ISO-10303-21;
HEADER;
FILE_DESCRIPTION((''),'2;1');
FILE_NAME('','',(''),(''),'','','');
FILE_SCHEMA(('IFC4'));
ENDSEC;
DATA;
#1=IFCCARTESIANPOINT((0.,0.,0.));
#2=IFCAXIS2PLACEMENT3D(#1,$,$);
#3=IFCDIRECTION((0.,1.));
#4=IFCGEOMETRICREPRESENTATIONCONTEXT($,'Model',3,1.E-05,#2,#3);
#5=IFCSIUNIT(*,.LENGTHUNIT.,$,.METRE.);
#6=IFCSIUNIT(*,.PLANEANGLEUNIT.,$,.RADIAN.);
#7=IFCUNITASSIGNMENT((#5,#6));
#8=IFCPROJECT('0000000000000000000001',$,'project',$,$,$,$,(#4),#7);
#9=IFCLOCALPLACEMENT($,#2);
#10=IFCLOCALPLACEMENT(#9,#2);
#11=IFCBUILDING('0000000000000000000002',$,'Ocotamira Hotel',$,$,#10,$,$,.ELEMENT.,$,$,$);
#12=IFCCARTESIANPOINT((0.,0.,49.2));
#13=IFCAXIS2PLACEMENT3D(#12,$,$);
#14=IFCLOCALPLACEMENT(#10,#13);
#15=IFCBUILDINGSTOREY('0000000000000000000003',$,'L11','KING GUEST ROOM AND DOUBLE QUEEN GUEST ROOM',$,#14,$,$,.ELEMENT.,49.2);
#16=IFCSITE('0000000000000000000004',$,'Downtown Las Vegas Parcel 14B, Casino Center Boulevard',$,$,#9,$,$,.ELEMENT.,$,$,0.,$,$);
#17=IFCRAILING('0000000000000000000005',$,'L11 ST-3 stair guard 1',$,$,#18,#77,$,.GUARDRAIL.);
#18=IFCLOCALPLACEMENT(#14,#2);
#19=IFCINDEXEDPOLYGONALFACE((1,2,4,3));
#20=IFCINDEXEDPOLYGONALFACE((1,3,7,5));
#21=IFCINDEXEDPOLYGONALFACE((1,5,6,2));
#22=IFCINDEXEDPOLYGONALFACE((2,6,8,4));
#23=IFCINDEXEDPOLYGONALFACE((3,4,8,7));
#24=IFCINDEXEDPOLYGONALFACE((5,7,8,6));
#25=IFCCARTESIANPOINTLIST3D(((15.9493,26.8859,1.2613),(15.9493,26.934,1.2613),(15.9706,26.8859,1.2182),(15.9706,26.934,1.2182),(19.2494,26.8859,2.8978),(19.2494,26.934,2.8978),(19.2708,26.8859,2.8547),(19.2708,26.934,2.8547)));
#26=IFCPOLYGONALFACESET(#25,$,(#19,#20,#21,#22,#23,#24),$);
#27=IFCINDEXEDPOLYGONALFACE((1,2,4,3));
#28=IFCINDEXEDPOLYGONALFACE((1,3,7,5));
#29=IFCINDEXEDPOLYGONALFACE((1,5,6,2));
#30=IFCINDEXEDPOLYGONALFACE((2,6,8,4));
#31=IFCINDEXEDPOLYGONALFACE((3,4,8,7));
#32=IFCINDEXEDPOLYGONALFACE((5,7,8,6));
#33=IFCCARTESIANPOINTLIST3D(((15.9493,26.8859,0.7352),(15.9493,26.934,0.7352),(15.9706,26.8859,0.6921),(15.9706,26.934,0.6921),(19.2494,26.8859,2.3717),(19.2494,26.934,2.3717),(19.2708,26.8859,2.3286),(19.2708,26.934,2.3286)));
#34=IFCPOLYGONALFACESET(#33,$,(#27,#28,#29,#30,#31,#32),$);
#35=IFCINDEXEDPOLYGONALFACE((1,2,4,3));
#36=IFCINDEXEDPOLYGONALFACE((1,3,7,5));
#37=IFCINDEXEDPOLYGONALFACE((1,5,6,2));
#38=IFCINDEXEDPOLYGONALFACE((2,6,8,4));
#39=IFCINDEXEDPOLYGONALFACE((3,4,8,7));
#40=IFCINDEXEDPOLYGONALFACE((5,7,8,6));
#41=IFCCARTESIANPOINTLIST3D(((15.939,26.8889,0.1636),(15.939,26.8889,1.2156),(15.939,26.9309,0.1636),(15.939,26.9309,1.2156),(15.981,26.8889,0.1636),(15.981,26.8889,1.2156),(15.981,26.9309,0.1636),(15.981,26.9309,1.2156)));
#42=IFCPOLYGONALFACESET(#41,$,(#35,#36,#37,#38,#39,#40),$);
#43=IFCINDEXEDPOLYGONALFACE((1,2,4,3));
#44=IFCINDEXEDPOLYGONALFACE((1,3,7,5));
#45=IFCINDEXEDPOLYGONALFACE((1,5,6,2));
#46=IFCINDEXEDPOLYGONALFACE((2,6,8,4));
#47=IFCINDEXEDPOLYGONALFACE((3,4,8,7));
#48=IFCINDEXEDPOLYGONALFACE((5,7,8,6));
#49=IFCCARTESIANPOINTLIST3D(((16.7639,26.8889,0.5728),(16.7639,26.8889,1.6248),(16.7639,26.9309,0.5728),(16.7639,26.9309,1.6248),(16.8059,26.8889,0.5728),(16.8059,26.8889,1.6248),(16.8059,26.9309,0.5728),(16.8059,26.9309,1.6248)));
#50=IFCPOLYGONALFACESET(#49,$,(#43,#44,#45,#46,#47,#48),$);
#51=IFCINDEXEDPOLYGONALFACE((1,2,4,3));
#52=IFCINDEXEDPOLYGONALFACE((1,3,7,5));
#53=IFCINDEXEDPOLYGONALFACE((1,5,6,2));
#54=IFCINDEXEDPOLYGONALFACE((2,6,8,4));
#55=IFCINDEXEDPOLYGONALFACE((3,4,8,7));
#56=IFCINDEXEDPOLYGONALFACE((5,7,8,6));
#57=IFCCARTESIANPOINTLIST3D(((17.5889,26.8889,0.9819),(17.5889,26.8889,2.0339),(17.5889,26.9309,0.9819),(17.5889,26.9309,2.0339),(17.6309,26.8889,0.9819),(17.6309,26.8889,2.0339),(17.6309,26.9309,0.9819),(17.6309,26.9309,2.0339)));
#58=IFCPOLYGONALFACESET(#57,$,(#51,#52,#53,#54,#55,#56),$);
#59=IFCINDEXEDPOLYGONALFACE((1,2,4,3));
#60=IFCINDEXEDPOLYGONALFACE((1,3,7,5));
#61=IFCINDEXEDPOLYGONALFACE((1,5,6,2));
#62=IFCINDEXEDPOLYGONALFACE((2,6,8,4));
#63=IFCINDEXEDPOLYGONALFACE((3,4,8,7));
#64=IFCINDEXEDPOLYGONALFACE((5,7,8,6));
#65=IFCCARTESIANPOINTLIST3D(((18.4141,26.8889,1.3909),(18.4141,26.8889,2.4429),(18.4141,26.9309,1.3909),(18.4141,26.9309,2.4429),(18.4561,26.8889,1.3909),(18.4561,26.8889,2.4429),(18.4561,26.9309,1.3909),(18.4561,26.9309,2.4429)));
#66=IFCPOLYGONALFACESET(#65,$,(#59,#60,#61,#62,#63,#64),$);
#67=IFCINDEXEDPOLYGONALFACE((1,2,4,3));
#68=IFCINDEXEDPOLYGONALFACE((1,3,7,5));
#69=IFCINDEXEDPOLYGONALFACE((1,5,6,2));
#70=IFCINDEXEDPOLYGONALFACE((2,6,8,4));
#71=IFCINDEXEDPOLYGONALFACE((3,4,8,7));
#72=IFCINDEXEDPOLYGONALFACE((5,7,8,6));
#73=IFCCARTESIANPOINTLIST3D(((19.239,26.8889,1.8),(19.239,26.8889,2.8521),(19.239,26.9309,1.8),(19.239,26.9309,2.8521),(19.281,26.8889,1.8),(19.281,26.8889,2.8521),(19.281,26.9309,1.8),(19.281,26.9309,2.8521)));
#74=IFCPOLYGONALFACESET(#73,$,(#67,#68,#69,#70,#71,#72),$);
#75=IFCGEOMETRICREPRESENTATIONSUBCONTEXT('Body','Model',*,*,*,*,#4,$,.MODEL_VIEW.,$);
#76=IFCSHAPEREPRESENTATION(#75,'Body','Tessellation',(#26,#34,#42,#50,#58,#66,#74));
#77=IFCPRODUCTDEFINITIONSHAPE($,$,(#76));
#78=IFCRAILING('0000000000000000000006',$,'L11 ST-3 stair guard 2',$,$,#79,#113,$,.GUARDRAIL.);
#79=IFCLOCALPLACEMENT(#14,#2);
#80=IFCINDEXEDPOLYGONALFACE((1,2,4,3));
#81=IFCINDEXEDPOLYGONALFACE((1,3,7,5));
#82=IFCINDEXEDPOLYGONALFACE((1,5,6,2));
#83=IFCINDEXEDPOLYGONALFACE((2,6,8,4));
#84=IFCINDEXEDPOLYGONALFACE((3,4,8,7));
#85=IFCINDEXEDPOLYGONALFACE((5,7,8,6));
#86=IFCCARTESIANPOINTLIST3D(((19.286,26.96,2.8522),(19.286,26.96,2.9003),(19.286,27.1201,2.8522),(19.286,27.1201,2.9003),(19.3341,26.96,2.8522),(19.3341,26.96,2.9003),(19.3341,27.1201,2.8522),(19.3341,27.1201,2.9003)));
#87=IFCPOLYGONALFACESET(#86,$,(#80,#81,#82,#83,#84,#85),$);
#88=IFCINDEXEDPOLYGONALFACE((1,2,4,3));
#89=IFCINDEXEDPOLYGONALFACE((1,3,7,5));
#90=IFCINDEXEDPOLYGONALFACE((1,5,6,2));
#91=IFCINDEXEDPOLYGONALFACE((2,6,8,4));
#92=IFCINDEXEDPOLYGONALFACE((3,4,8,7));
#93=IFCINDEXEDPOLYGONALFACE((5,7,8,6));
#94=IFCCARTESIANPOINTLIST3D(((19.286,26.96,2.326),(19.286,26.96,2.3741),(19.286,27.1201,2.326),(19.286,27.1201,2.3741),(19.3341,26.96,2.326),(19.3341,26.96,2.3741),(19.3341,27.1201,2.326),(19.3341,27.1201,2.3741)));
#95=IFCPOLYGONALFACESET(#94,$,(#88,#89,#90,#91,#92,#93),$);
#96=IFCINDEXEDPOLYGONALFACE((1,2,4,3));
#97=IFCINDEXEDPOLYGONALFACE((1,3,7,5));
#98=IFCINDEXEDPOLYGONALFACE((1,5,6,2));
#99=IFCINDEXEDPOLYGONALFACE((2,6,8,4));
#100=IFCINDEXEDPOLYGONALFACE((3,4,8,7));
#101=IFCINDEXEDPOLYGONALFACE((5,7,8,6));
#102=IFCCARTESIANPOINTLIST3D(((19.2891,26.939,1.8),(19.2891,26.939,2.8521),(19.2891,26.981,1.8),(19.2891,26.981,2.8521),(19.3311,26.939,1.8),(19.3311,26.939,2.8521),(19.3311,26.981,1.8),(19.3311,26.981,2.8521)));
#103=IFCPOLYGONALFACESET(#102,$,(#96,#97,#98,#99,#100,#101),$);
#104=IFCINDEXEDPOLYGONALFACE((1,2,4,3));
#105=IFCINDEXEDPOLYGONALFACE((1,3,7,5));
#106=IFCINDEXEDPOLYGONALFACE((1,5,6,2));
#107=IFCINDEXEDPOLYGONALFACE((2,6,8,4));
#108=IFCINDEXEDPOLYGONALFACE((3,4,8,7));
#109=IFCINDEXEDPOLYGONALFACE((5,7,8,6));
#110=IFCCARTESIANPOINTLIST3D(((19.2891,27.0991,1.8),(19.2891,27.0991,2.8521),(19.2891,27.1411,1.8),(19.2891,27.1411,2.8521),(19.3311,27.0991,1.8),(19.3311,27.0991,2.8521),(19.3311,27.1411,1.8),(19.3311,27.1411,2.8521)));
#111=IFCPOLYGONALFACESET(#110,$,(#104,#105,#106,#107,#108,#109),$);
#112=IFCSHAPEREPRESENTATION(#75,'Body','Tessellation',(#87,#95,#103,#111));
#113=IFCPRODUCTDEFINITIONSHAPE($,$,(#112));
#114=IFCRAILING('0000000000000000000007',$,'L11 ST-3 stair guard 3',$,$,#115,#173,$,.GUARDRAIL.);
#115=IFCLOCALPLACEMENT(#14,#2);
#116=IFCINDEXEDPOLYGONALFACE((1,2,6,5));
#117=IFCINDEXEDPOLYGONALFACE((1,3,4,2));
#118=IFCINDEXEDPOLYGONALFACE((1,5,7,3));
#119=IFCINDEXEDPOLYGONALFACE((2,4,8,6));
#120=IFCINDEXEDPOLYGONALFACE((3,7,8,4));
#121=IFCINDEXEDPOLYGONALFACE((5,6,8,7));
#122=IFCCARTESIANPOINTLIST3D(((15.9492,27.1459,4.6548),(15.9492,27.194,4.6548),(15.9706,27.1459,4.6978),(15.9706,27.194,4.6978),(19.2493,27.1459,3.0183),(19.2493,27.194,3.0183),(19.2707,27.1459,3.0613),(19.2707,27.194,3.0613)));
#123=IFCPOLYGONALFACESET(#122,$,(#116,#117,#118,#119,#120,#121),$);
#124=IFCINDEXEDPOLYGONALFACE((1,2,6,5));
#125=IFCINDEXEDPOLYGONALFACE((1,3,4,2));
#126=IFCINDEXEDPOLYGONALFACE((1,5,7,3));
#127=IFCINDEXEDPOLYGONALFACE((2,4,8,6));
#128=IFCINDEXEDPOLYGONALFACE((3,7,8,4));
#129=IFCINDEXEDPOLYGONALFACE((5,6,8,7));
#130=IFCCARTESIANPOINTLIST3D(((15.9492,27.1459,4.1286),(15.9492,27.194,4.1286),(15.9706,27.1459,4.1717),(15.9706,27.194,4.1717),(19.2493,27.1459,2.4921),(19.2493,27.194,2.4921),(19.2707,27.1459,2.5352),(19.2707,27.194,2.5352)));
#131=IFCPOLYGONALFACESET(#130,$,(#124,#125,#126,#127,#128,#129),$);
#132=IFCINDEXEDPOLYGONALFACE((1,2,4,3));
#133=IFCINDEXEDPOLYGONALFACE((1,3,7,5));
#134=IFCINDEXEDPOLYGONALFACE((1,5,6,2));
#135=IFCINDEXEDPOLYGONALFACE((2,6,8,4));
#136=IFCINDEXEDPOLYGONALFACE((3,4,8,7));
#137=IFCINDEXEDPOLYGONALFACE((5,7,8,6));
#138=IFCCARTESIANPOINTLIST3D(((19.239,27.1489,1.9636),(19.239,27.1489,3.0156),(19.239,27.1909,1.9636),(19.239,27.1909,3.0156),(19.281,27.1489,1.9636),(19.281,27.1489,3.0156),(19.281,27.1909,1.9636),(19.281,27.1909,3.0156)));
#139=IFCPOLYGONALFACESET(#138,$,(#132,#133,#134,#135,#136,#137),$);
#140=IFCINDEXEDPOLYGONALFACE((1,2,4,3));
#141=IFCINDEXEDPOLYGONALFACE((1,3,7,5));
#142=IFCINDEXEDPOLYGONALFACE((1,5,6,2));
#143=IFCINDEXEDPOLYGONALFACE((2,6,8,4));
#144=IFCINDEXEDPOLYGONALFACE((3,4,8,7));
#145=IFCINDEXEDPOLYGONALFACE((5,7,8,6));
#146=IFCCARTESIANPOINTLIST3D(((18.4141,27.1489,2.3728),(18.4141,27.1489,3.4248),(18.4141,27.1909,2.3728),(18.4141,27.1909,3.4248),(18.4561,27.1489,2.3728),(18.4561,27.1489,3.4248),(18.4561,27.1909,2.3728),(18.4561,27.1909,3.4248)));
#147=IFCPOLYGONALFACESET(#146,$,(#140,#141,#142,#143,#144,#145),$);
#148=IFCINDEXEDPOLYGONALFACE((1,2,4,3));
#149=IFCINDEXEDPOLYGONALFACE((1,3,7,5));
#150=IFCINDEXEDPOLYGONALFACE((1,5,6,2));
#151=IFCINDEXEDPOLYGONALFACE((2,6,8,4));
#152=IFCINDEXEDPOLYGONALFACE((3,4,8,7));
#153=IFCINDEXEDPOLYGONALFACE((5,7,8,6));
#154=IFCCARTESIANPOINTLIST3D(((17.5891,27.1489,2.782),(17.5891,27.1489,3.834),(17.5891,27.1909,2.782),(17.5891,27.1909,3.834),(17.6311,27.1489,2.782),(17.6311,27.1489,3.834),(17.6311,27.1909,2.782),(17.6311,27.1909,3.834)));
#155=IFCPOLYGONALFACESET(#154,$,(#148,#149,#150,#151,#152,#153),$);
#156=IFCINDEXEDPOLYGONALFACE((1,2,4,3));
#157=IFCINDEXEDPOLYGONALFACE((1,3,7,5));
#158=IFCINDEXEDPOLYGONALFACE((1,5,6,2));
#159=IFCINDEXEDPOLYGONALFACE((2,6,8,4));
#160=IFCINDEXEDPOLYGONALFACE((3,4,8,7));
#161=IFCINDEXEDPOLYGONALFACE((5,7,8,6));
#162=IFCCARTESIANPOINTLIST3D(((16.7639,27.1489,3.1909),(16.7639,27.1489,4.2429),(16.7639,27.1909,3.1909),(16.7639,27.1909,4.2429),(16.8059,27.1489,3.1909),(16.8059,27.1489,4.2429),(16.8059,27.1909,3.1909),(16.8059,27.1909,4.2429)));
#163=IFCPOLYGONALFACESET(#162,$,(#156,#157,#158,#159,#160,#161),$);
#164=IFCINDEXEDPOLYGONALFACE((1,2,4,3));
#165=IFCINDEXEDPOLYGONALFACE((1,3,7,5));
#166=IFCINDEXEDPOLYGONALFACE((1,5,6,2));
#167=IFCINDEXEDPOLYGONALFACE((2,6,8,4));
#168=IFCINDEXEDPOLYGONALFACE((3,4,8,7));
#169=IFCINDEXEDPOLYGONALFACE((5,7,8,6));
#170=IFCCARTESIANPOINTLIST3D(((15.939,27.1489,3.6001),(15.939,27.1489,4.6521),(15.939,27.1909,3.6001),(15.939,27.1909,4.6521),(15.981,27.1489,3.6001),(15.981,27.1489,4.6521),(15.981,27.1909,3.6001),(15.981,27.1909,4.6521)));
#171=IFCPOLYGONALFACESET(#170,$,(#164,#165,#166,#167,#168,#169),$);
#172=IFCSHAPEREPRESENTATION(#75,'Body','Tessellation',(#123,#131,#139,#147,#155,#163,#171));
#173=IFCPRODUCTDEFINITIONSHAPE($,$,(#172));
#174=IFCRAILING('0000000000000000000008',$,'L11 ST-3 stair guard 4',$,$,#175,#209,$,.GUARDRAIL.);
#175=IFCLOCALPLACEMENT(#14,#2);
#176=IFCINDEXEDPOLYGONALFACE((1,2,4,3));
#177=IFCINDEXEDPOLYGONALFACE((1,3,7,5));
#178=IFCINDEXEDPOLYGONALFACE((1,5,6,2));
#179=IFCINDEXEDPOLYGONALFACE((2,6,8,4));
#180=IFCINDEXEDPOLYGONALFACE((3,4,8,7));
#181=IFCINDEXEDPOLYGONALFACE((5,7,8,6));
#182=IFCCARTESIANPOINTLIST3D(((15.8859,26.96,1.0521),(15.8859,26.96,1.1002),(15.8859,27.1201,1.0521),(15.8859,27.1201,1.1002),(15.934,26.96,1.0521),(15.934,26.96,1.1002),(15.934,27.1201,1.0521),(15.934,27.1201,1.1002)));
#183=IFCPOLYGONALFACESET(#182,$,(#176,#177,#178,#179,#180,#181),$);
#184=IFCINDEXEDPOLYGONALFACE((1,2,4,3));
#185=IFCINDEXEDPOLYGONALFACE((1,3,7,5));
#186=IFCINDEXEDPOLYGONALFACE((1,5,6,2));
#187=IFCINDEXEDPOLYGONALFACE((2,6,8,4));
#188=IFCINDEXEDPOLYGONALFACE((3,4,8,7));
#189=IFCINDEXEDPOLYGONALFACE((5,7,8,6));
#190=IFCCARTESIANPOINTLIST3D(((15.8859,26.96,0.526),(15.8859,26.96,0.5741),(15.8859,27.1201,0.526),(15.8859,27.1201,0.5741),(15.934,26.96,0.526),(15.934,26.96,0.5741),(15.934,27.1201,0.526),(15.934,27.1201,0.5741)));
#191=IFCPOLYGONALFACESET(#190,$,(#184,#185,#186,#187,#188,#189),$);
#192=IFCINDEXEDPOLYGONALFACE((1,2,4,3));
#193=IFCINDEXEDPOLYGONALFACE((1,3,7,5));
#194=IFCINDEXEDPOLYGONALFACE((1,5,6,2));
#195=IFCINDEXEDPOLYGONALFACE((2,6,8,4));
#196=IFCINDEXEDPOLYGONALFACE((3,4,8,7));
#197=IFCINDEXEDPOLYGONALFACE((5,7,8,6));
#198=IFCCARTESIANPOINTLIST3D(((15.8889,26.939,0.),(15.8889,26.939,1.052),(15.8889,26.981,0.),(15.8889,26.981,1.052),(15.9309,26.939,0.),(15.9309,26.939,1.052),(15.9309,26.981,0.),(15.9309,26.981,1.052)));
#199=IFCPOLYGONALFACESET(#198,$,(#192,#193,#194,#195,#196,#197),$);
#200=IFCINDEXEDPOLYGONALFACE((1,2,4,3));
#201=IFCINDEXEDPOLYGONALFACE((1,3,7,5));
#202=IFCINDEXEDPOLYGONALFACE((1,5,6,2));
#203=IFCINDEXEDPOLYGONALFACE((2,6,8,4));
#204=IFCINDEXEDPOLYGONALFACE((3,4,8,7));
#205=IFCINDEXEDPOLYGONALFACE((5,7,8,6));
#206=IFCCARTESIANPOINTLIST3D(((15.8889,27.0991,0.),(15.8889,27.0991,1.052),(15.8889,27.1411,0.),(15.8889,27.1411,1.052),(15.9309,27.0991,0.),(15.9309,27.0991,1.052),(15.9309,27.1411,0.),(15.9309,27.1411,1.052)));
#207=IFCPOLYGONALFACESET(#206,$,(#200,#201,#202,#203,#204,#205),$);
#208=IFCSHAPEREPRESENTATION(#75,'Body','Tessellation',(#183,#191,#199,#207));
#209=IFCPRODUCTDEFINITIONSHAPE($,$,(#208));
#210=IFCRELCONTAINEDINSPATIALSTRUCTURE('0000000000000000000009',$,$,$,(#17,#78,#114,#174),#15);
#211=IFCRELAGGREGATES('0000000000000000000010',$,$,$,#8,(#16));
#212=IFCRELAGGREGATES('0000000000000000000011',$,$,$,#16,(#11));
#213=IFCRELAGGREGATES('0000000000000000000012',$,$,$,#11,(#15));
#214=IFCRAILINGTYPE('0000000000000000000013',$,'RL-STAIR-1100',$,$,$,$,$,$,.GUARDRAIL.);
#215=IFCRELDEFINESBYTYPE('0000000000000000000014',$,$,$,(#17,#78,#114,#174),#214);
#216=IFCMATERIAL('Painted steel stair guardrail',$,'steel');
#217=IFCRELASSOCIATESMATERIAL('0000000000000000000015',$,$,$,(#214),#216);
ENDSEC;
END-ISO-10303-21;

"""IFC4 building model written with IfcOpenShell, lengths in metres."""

from ifc_helpers import new_model, si_unit, direction, frame, origin, origin_2d, place, context, subcontext, project, spatial, rectangle, extrude, material, type_object, element, save


model = new_model("IFC4")

# Units and contexts
model_context = context("Model", 3, precision=1e-05, world=origin(), true_north=direction((0.0, 1.0)))
body_context = subcontext(model_context, "Body", "Model", "MODEL_VIEW")
ifc_project = project(units=[si_unit("LENGTHUNIT", "METRE"), si_unit("PLANEANGLEUNIT", "RADIAN")], contexts=[model_context])

# Site, building, storey
site_placement = place(None, origin())
site = spatial("IfcSite", under=ifc_project, at=site_placement, Name="Downtown Las Vegas Parcel 14B, Casino Center Boulevard", CompositionType="ELEMENT", RefElevation=0.0)
building_placement = place(site_placement, origin())
building = spatial("IfcBuilding", under=site, at=building_placement, Name="Ocotamira Hotel", CompositionType="ELEMENT")
storey_placement = place(building_placement, frame((0.0, 0.0, 49.2)))
storey = spatial("IfcBuildingStorey", under=building, at=storey_placement, Name="L11", Description="KING GUEST ROOM AND DOUBLE QUEEN GUEST ROOM", CompositionType="ELEMENT", Elevation=49.2)

# Railings
ifc_material_1 = material(Name="Painted steel stair guardrail", Category="steel")
railing_type_1 = type_object("IfcRailingType", Name="RL-STAIR-1100", PredefinedType="GUARDRAIL", material=ifc_material_1)
railing_1_placement = place(storey_placement, frame((15.96, 26.9099, 0.1636)))
element("IfcRailing", 1, at=railing_1_placement, inside=storey, type_object=railing_type_1, Name="L11 ST-3 stair guard 1", PredefinedType="GUARDRAIL", context=body_context, shape_type="SweptSolid", body=[
    extrude(rectangle(XDim=0.0481, YDim=0.0481, at=origin_2d()), frame((0.0, 0.0, 1.0762), z_axis=(0.895894, 0.0, 0.444268), x_axis=(0.0, 1.0, 0.0)), (0.0, 0.0, 1.0), 3.6836),
    extrude(rectangle(XDim=0.0481, YDim=0.0481, at=origin_2d()), frame((0.0, 0.0, 0.55), z_axis=(0.895894, 0.0, 0.444268), x_axis=(0.0, 1.0, 0.0)), (0.0, 0.0, 1.0), 3.6836),
    extrude(rectangle(XDim=0.042, YDim=0.042, at=origin_2d()), origin(), (0.0, 0.0, 1.0), 1.052),
    extrude(rectangle(XDim=0.042, YDim=0.042, at=origin_2d()), frame((0.825, 0.0, 0.4092)), (0.0, 0.0, 1.0), 1.052),
    extrude(rectangle(XDim=0.042, YDim=0.042, at=origin_2d()), frame((1.6499, 0.0, 0.8184)), (0.0, 0.0, 1.0), 1.052),
    extrude(rectangle(XDim=0.042, YDim=0.042, at=origin_2d()), frame((2.4751, 0.0, 1.2273)), (0.0, 0.0, 1.0), 1.052),
    extrude(rectangle(XDim=0.042, YDim=0.042, at=origin_2d()), frame((3.3, 0.0, 1.6365)), (0.0, 0.0, 1.0), 1.052),
])
railing_2_placement = place(storey_placement, frame((19.3101, 26.96, 1.8)))
element("IfcRailing", 2, at=railing_2_placement, inside=storey, type_object=railing_type_1, Name="L11 ST-3 stair guard 2", PredefinedType="GUARDRAIL", context=body_context, shape_type="SweptSolid", body=[
    extrude(rectangle(XDim=0.0481, YDim=0.0481, at=origin_2d()), frame((0.0, 0.0, 1.0762), z_axis=(0.0, 1.0, 0.0), x_axis=(-1.0, 0.0, 0.0)), (0.0, 0.0, 1.0), 0.1602),
    extrude(rectangle(XDim=0.0481, YDim=0.0481, at=origin_2d()), frame((0.0, 0.0, 0.55), z_axis=(0.0, 1.0, 0.0), x_axis=(-1.0, 0.0, 0.0)), (0.0, 0.0, 1.0), 0.1602),
    extrude(rectangle(XDim=0.042, YDim=0.042, at=origin_2d()), origin(), (0.0, 0.0, 1.0), 1.052),
    extrude(rectangle(XDim=0.042, YDim=0.042, at=origin_2d()), frame((0.0, 0.1602, 0.0)), (0.0, 0.0, 1.0), 1.052),
])
railing_3_placement = place(storey_placement, frame((19.26, 27.1699, 1.9636)))
element("IfcRailing", 3, at=railing_3_placement, inside=storey, type_object=railing_type_1, Name="L11 ST-3 stair guard 3", PredefinedType="GUARDRAIL", context=body_context, shape_type="SweptSolid", body=[
    extrude(rectangle(XDim=0.0481, YDim=0.0481, at=origin_2d()), frame((0.0, 0.0, 1.0762), z_axis=(-0.895894, 0.0, 0.444268), x_axis=(0.0, -1.0, 0.0)), (0.0, 0.0, 1.0), 3.6836),
    extrude(rectangle(XDim=0.0481, YDim=0.0481, at=origin_2d()), frame((0.0, 0.0, 0.55), z_axis=(-0.895894, 0.0, 0.444268), x_axis=(0.0, -1.0, 0.0)), (0.0, 0.0, 1.0), 3.6836),
    extrude(rectangle(XDim=0.042, YDim=0.042, at=origin_2d()), origin(), (0.0, 0.0, 1.0), 1.052),
    extrude(rectangle(XDim=0.042, YDim=0.042, at=origin_2d()), frame((-0.825, 0.0, 0.4092)), (0.0, 0.0, 1.0), 1.052),
    extrude(rectangle(XDim=0.042, YDim=0.042, at=origin_2d()), frame((-1.6499, 0.0, 0.8184)), (0.0, 0.0, 1.0), 1.052),
    extrude(rectangle(XDim=0.042, YDim=0.042, at=origin_2d()), frame((-2.4751, 0.0, 1.2273)), (0.0, 0.0, 1.0), 1.052),
    extrude(rectangle(XDim=0.042, YDim=0.042, at=origin_2d()), frame((-3.3, 0.0, 1.6365)), (0.0, 0.0, 1.0), 1.052),
])
railing_4_placement = place(storey_placement, frame((15.9099, 26.96, 0.0)))
element("IfcRailing", 4, at=railing_4_placement, inside=storey, type_object=railing_type_1, Name="L11 ST-3 stair guard 4", PredefinedType="GUARDRAIL", context=body_context, shape_type="SweptSolid", body=[
    extrude(rectangle(XDim=0.0481, YDim=0.0481, at=origin_2d()), frame((0.0, 0.0, 1.0762), z_axis=(0.0, 1.0, 0.0), x_axis=(-1.0, 0.0, 0.0)), (0.0, 0.0, 1.0), 0.1602),
    extrude(rectangle(XDim=0.0481, YDim=0.0481, at=origin_2d()), frame((0.0, 0.0, 0.55), z_axis=(0.0, 1.0, 0.0), x_axis=(-1.0, 0.0, 0.0)), (0.0, 0.0, 1.0), 0.1602),
    extrude(rectangle(XDim=0.042, YDim=0.042, at=origin_2d()), origin(), (0.0, 0.0, 1.0), 1.052),
    extrude(rectangle(XDim=0.042, YDim=0.042, at=origin_2d()), frame((0.0, 0.1602, 0.0)), (0.0, 0.0, 1.0), 1.052),
])

save(model, "model.ifc")
